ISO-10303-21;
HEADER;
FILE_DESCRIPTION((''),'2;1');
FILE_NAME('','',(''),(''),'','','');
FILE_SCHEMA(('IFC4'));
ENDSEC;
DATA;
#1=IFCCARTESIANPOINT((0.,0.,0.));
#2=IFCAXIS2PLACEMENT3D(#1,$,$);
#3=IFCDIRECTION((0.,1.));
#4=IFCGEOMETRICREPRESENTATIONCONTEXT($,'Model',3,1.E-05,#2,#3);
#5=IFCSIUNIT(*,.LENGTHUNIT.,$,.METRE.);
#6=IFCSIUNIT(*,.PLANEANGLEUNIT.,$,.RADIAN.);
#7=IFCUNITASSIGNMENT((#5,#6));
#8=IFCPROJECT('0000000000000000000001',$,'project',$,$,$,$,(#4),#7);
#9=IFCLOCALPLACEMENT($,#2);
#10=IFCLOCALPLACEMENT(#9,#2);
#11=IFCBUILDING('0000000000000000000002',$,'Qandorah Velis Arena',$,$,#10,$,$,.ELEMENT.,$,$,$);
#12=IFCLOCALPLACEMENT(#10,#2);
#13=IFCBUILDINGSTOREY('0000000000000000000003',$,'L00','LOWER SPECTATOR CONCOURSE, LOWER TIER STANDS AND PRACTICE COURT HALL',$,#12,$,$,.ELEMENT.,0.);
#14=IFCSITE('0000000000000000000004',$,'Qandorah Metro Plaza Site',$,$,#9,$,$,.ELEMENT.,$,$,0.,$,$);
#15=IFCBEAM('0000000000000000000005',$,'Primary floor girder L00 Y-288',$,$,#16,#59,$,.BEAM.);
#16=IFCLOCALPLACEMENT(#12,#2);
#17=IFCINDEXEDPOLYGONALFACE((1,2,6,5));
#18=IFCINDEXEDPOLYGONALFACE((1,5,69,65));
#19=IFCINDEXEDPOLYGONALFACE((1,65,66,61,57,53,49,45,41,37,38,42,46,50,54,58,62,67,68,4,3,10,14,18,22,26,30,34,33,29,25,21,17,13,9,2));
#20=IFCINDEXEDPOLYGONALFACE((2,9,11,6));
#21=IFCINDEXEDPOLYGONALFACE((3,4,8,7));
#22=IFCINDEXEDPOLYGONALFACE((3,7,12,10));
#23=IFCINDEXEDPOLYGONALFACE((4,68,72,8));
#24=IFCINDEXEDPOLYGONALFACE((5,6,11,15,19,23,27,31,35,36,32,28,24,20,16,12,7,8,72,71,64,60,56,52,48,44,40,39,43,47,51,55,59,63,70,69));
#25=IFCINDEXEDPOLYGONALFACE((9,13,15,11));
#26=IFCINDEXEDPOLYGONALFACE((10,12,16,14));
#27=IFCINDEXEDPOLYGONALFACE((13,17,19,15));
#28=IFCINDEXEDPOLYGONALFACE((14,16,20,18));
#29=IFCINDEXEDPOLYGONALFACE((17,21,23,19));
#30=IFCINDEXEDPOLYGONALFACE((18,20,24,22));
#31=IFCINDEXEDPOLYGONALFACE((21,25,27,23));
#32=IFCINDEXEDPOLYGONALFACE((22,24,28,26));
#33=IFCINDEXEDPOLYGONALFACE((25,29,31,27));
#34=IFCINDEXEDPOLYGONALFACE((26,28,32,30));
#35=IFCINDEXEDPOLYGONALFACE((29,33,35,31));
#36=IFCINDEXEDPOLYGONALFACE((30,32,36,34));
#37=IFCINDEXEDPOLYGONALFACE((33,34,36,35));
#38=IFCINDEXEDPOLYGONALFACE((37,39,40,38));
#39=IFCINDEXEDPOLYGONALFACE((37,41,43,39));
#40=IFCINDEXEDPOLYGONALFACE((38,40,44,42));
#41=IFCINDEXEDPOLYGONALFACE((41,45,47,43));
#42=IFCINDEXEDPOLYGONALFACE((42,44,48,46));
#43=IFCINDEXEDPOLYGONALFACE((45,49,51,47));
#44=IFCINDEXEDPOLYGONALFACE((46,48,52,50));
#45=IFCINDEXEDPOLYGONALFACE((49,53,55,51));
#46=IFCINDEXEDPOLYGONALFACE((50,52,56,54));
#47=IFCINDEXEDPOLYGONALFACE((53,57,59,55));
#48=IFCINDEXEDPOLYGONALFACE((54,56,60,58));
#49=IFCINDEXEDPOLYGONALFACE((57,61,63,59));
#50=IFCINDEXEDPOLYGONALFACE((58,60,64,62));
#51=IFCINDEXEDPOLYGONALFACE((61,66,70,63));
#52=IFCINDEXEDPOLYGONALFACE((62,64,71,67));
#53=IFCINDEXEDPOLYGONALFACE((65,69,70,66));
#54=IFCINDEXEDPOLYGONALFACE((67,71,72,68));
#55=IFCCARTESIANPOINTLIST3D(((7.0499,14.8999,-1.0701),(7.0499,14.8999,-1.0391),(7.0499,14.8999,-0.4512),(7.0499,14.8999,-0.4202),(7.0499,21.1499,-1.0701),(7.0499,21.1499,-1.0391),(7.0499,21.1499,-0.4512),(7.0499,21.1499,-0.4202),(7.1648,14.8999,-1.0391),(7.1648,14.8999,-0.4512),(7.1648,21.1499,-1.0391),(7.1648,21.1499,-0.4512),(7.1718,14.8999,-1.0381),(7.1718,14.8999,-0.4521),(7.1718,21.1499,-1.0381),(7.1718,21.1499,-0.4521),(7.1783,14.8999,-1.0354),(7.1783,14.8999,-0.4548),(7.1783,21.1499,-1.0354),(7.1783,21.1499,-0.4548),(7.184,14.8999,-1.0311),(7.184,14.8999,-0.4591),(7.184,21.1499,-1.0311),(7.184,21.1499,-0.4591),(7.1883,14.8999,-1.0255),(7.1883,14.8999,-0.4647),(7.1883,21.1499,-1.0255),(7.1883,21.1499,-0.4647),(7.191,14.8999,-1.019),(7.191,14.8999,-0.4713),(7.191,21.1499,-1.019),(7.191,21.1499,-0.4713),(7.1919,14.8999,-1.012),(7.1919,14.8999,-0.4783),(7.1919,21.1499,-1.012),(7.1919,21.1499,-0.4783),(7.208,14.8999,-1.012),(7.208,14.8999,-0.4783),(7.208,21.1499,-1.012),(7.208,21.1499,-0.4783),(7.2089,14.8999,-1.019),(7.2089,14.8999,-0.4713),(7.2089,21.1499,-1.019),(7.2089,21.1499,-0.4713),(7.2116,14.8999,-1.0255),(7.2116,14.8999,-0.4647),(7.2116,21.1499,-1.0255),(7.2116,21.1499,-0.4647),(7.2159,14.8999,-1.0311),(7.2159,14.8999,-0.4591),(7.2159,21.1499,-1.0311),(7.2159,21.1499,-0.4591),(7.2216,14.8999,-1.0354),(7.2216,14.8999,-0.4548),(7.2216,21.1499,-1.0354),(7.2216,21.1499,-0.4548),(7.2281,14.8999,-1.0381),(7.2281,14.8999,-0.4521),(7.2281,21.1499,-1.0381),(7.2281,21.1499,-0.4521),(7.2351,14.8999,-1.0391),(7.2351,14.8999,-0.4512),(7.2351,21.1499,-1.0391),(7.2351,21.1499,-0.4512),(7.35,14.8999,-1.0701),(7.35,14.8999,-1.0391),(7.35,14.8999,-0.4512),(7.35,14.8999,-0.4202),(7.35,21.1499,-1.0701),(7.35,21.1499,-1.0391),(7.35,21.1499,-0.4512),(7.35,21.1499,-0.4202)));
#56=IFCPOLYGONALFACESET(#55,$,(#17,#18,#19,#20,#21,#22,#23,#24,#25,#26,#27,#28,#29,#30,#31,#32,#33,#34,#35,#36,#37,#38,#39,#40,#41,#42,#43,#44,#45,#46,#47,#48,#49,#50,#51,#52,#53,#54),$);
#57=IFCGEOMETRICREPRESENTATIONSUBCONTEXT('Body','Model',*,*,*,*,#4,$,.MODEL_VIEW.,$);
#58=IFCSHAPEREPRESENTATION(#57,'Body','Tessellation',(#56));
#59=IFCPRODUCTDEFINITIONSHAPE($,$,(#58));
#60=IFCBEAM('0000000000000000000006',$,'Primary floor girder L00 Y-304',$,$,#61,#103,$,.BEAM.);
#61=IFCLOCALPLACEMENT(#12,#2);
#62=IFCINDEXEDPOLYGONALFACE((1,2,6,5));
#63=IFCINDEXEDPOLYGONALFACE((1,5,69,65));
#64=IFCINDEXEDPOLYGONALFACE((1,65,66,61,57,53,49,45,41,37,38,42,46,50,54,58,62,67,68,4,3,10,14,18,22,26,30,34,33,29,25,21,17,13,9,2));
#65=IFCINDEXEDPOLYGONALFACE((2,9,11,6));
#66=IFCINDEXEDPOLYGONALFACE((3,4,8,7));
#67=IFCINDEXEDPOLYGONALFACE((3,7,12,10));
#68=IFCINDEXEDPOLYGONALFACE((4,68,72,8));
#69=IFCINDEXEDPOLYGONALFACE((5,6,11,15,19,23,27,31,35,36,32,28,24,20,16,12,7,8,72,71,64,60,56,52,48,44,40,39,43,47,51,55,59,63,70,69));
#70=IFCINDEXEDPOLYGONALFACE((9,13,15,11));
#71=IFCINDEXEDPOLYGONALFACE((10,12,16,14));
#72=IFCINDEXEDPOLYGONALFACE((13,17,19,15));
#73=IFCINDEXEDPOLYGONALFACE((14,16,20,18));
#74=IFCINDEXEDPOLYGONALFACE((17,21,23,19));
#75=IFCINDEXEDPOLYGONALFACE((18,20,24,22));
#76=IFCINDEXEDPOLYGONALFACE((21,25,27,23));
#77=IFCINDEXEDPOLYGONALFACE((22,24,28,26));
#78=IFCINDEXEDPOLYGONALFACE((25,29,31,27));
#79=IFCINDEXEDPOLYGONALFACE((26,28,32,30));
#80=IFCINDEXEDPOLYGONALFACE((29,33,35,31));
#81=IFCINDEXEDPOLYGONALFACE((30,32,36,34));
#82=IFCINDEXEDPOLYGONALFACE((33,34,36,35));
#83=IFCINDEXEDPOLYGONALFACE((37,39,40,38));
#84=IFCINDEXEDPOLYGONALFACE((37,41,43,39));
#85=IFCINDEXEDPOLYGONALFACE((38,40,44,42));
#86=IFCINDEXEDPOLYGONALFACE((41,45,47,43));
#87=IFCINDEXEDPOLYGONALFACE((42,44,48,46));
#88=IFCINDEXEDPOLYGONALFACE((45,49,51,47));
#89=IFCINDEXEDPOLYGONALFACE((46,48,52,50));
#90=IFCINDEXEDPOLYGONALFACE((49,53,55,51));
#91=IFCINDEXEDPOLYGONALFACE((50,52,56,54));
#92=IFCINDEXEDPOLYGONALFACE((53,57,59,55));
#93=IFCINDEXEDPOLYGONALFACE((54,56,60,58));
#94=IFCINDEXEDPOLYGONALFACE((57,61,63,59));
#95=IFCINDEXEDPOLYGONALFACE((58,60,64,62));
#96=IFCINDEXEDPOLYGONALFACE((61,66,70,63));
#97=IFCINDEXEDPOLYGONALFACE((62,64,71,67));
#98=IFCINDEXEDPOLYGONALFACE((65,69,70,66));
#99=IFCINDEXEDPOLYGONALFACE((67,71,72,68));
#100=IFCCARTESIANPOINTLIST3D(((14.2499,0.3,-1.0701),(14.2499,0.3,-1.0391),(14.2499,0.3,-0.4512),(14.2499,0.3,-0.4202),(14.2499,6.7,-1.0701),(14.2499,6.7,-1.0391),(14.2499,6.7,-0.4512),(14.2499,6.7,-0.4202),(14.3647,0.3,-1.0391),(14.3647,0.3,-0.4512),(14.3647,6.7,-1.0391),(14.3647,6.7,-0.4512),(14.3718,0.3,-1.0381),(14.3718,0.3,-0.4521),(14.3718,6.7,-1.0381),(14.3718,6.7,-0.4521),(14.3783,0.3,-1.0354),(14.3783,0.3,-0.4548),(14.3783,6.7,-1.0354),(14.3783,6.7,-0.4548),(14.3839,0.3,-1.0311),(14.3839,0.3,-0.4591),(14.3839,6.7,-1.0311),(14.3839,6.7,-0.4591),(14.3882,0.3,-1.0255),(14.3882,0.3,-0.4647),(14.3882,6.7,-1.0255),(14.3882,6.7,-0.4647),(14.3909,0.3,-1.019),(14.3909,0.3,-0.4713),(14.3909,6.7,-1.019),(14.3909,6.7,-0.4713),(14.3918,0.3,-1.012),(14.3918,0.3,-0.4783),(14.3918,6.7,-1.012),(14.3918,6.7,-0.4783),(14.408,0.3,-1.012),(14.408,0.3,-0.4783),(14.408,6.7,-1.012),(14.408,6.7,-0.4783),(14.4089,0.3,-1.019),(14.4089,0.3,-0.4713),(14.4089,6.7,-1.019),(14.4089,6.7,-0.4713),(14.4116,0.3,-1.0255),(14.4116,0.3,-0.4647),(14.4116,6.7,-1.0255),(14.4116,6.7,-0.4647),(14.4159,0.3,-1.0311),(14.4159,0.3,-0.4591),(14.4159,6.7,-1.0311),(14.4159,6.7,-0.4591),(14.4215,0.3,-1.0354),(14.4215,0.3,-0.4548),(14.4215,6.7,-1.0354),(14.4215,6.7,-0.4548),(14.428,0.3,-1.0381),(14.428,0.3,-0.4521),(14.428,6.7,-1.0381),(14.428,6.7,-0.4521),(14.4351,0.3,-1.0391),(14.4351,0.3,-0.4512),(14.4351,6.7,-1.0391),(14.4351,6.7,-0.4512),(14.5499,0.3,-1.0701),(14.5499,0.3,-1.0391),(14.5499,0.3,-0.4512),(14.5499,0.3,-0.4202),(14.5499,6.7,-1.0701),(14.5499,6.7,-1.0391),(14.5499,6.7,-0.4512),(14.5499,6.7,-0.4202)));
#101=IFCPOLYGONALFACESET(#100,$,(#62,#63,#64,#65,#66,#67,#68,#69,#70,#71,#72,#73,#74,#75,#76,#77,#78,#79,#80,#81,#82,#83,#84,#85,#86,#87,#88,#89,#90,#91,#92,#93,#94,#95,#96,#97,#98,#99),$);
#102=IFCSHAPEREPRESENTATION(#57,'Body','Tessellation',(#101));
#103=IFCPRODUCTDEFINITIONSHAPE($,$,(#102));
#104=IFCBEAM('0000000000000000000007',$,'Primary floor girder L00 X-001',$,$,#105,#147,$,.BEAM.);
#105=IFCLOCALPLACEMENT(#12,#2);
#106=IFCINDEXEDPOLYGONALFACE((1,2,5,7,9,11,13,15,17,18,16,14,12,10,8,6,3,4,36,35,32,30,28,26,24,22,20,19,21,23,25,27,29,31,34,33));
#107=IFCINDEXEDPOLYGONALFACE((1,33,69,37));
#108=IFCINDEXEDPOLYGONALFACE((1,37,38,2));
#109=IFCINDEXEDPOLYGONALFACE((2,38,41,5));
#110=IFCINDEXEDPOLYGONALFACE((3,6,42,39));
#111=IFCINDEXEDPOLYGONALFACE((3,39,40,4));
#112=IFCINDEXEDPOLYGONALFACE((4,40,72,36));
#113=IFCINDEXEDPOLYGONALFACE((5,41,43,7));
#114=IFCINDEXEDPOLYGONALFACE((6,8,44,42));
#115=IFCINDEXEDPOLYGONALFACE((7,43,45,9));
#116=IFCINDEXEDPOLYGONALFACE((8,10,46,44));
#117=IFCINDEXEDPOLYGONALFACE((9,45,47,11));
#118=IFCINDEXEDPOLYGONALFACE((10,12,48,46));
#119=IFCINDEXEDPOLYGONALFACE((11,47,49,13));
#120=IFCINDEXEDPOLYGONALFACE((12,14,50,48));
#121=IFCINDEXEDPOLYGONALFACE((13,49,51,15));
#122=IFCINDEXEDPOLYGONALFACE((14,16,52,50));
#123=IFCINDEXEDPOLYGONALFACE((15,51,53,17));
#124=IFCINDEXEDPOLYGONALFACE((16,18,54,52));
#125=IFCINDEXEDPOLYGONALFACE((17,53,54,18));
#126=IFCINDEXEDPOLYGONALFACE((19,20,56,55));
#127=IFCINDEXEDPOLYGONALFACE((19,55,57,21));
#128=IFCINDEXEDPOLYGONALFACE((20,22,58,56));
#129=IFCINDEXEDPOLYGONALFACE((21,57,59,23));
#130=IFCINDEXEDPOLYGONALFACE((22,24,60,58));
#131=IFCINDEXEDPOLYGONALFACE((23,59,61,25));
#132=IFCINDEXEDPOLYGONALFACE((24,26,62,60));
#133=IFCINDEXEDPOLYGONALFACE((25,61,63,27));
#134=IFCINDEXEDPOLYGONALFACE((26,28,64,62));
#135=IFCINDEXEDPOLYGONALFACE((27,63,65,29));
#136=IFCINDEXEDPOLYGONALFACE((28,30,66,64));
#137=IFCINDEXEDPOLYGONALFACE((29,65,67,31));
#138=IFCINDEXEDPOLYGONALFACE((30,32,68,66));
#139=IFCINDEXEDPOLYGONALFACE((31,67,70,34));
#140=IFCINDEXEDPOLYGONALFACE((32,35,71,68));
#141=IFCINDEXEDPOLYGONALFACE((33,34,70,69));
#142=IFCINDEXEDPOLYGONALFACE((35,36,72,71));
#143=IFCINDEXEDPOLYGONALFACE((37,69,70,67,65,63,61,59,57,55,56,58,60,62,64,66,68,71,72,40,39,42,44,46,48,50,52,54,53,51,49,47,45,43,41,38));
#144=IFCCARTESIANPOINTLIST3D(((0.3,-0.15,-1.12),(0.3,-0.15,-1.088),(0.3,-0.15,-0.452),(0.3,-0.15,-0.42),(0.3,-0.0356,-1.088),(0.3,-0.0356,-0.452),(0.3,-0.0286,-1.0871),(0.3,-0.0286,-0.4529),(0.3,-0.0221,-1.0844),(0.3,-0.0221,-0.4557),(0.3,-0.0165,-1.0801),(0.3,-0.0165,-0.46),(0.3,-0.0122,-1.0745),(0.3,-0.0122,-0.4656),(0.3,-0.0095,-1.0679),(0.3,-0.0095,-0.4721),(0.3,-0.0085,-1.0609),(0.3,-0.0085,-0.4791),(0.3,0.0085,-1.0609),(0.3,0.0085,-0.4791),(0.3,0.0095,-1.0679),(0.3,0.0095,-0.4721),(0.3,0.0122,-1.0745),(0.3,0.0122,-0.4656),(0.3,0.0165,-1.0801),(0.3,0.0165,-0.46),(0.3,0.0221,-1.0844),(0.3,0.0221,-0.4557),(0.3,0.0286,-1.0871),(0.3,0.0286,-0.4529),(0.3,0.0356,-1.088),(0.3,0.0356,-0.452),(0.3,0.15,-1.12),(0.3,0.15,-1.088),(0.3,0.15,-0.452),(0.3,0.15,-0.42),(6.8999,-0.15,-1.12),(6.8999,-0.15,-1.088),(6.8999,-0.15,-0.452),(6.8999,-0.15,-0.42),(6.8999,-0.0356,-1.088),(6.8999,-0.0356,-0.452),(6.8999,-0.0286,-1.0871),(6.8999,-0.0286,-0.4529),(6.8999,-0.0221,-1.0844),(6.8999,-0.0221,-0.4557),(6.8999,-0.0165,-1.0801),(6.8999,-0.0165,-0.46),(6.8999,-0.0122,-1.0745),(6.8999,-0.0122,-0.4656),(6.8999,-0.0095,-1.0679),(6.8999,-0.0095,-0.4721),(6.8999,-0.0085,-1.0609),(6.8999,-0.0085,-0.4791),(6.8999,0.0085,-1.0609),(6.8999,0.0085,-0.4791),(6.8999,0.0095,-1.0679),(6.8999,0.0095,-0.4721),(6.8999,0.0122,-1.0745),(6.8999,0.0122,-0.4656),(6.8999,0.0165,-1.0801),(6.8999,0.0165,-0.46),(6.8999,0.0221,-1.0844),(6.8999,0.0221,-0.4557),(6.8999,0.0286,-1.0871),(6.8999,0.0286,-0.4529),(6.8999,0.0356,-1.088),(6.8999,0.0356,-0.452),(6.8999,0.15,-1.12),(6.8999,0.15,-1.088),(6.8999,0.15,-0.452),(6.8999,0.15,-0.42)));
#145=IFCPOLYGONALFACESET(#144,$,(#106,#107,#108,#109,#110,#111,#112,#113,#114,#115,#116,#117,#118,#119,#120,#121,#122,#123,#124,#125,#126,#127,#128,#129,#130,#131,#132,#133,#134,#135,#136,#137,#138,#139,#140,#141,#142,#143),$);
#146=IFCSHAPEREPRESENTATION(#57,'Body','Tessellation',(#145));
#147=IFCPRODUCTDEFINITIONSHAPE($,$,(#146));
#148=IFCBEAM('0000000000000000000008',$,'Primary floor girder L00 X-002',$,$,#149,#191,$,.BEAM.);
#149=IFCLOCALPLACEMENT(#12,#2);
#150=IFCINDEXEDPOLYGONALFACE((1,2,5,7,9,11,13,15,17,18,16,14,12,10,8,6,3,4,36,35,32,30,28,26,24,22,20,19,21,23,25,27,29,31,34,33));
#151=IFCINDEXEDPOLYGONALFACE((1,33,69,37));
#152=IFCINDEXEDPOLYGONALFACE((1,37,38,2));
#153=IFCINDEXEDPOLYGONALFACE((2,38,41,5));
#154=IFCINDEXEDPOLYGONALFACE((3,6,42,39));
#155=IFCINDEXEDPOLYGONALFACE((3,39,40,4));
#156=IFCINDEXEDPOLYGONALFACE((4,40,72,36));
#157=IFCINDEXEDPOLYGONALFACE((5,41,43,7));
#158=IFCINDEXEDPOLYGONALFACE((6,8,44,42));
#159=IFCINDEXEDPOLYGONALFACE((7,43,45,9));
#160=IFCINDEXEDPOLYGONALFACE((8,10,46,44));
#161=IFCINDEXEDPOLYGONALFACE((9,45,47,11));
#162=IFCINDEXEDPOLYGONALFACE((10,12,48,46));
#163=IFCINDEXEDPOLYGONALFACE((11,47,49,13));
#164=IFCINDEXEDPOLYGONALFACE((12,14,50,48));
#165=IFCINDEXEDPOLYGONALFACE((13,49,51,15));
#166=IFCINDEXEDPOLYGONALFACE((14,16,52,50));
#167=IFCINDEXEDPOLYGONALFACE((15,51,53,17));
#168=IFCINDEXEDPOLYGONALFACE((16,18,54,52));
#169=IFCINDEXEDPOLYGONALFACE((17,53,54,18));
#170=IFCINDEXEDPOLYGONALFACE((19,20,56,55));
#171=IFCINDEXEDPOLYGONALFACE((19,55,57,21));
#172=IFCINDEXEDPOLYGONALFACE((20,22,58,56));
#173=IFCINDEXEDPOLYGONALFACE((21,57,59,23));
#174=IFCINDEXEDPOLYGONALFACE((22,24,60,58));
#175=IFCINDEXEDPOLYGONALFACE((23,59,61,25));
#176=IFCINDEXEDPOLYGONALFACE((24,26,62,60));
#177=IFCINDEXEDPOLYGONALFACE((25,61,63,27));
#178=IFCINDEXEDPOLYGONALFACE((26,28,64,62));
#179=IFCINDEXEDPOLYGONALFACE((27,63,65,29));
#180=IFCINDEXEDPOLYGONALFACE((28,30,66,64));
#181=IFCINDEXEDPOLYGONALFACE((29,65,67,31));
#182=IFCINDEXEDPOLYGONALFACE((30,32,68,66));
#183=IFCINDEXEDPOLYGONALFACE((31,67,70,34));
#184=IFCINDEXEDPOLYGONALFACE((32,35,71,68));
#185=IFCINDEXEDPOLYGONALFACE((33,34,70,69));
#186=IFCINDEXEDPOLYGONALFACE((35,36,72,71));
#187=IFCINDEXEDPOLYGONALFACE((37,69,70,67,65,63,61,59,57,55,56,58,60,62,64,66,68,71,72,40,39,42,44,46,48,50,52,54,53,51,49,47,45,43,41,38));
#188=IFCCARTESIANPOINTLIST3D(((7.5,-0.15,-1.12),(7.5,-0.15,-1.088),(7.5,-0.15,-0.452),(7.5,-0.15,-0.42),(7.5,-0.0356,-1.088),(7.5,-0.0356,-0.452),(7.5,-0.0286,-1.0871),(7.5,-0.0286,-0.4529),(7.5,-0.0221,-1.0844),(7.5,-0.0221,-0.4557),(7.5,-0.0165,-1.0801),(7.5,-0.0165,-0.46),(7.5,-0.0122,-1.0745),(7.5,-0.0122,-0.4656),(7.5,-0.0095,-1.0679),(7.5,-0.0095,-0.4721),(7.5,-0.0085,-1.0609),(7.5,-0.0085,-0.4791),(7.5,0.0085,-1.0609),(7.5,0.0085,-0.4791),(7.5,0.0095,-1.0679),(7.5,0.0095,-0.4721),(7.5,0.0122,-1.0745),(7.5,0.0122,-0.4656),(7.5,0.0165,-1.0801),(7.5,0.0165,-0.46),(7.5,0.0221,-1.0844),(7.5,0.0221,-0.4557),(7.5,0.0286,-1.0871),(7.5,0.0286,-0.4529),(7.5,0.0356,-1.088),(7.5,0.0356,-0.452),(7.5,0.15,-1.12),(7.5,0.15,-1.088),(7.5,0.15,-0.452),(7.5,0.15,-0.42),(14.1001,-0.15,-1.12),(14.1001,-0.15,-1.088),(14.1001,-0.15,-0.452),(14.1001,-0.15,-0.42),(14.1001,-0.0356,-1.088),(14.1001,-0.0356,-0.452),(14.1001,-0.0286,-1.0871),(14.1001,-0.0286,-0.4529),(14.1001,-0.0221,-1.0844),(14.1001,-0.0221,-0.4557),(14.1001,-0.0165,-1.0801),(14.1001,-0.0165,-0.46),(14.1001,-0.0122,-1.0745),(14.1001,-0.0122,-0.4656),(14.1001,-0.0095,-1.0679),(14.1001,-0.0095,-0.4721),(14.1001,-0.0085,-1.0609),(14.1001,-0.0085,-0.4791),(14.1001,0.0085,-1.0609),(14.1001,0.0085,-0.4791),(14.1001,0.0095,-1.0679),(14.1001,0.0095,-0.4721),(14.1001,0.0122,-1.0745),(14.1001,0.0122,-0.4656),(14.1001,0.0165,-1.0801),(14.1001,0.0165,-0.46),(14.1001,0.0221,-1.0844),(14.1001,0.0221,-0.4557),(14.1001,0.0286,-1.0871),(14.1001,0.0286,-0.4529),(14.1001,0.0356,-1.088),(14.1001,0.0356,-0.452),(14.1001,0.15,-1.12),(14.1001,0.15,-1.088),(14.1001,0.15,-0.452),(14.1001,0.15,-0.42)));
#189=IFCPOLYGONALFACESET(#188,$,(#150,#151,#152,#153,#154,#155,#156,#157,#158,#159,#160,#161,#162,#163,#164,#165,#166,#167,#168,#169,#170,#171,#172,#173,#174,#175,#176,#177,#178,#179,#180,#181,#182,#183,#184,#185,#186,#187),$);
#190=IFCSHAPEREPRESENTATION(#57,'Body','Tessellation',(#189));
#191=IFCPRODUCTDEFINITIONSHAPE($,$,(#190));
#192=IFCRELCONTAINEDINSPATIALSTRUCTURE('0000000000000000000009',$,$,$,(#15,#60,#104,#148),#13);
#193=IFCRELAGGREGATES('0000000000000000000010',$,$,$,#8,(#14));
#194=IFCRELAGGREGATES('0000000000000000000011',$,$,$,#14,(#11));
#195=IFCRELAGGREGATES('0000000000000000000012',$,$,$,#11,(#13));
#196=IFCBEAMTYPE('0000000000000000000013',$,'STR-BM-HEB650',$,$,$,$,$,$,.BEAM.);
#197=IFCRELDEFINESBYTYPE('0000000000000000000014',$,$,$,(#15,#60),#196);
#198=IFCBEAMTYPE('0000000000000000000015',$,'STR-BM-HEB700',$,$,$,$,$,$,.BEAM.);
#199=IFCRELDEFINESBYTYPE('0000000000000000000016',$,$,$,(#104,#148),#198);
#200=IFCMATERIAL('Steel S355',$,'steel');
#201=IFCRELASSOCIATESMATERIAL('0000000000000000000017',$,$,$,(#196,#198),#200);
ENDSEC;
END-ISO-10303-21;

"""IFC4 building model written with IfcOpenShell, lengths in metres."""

from ifc_helpers import new_model, si_unit, direction, frame, origin, origin_2d, place, context, subcontext, project, spatial, i_section, extrude, material, material_profile, profile_set, type_object, element, save


model = new_model("IFC4")

# Units and contexts
model_context = context("Model", 3, precision=1e-05, world=origin(), true_north=direction((0.0, 1.0)))
body_context = subcontext(model_context, "Body", "Model", "MODEL_VIEW")
ifc_project = project(units=[si_unit("LENGTHUNIT", "METRE"), si_unit("PLANEANGLEUNIT", "RADIAN")], contexts=[model_context])

# Site, building, storey
site_placement = place(None, origin())
site = spatial("IfcSite", under=ifc_project, at=site_placement, Name="Qandorah Metro Plaza Site", CompositionType="ELEMENT", RefElevation=0.0)
building_placement = place(site_placement, origin())
building = spatial("IfcBuilding", under=site, at=building_placement, Name="Qandorah Velis Arena", CompositionType="ELEMENT")
storey_placement = place(building_placement, origin())
storey = spatial("IfcBuildingStorey", under=building, at=storey_placement, Name="L00", Description="LOWER SPECTATOR CONCOURSE, LOWER TIER STANDS AND PRACTICE COURT HALL", CompositionType="ELEMENT", Elevation=0.0)

# Beams
ifc_material_1 = material(Name="Steel S355", Category="steel")
ifc_material_profile_1 = material_profile(ifc_material_1, i_section(OverallWidth=0.3, OverallDepth=0.6499, WebThickness=0.0161, FlangeThickness=0.031, FilletRadius=0.0271, at=origin_2d()), Name="HEB 650")
ifc_profile_set_1 = profile_set([ifc_material_profile_1], Name="Steel S355")
beam_type_1 = type_object("IfcBeamType", Name="STR-BM-HEB650", PredefinedType="BEAM", material=ifc_profile_set_1)
beam_1_placement = place(storey_placement, frame((7.2, 14.8999, -0.7451), z_axis=(0.0, 1.0, 0.0), x_axis=(-1.0, 0.0, 0.0)))
element("IfcBeam", 1, at=beam_1_placement, inside=storey, type_object=beam_type_1, Name="Primary floor girder L00 Y-288", PredefinedType="BEAM", context=body_context, shape_type="SweptSolid", body=[
    extrude(i_section(OverallWidth=0.3, OverallDepth=0.6499, WebThickness=0.0161, FlangeThickness=0.031, FilletRadius=0.0271, at=origin_2d()), origin(), (0.0, 0.0, 1.0), 6.25),
])
beam_2_placement = place(storey_placement, frame((14.3999, 0.3, -0.7451), z_axis=(0.0, 1.0, 0.0), x_axis=(-1.0, 0.0, 0.0)))
element("IfcBeam", 2, at=beam_2_placement, inside=storey, type_object=beam_type_1, Name="Primary floor girder L00 Y-304", PredefinedType="BEAM", context=body_context, shape_type="SweptSolid", body=[
    extrude(i_section(OverallWidth=0.3, OverallDepth=0.6499, WebThickness=0.0161, FlangeThickness=0.031, FilletRadius=0.0271, at=origin_2d()), origin(), (0.0, 0.0, 1.0), 6.3999),
])
ifc_material_profile_2 = material_profile(ifc_material_1, i_section(OverallWidth=0.3, OverallDepth=0.7, WebThickness=0.0171, FlangeThickness=0.032, FilletRadius=0.0271, at=origin_2d()), Name="HEB 700")
ifc_profile_set_2 = profile_set([ifc_material_profile_2], Name="Steel S355")
beam_type_2 = type_object("IfcBeamType", Name="STR-BM-HEB700", PredefinedType="BEAM", material=ifc_profile_set_2)
beam_3_placement = place(storey_placement, frame((0.3, 0.0, -0.77), z_axis=(1.0, 0.0, 0.0), x_axis=(0.0, 1.0, 0.0)))
element("IfcBeam", 3, at=beam_3_placement, inside=storey, type_object=beam_type_2, Name="Primary floor girder L00 X-001", PredefinedType="BEAM", context=body_context, shape_type="SweptSolid", body=[
    extrude(i_section(OverallWidth=0.3, OverallDepth=0.7, WebThickness=0.0171, FlangeThickness=0.032, FilletRadius=0.0271, at=origin_2d()), origin(), (0.0, 0.0, 1.0), 6.5999),
])
beam_4_placement = place(storey_placement, frame((7.5, 0.0, -0.77), z_axis=(1.0, 0.0, 0.0), x_axis=(0.0, 1.0, 0.0)))
element("IfcBeam", 4, at=beam_4_placement, inside=storey, type_object=beam_type_2, Name="Primary floor girder L00 X-002", PredefinedType="BEAM", context=body_context, shape_type="SweptSolid", body=[
    extrude(i_section(OverallWidth=0.3, OverallDepth=0.7, WebThickness=0.0171, FlangeThickness=0.032, FilletRadius=0.0271, at=origin_2d()), origin(), (0.0, 0.0, 1.0), 6.6001),
])

save(model, "model.ifc")
